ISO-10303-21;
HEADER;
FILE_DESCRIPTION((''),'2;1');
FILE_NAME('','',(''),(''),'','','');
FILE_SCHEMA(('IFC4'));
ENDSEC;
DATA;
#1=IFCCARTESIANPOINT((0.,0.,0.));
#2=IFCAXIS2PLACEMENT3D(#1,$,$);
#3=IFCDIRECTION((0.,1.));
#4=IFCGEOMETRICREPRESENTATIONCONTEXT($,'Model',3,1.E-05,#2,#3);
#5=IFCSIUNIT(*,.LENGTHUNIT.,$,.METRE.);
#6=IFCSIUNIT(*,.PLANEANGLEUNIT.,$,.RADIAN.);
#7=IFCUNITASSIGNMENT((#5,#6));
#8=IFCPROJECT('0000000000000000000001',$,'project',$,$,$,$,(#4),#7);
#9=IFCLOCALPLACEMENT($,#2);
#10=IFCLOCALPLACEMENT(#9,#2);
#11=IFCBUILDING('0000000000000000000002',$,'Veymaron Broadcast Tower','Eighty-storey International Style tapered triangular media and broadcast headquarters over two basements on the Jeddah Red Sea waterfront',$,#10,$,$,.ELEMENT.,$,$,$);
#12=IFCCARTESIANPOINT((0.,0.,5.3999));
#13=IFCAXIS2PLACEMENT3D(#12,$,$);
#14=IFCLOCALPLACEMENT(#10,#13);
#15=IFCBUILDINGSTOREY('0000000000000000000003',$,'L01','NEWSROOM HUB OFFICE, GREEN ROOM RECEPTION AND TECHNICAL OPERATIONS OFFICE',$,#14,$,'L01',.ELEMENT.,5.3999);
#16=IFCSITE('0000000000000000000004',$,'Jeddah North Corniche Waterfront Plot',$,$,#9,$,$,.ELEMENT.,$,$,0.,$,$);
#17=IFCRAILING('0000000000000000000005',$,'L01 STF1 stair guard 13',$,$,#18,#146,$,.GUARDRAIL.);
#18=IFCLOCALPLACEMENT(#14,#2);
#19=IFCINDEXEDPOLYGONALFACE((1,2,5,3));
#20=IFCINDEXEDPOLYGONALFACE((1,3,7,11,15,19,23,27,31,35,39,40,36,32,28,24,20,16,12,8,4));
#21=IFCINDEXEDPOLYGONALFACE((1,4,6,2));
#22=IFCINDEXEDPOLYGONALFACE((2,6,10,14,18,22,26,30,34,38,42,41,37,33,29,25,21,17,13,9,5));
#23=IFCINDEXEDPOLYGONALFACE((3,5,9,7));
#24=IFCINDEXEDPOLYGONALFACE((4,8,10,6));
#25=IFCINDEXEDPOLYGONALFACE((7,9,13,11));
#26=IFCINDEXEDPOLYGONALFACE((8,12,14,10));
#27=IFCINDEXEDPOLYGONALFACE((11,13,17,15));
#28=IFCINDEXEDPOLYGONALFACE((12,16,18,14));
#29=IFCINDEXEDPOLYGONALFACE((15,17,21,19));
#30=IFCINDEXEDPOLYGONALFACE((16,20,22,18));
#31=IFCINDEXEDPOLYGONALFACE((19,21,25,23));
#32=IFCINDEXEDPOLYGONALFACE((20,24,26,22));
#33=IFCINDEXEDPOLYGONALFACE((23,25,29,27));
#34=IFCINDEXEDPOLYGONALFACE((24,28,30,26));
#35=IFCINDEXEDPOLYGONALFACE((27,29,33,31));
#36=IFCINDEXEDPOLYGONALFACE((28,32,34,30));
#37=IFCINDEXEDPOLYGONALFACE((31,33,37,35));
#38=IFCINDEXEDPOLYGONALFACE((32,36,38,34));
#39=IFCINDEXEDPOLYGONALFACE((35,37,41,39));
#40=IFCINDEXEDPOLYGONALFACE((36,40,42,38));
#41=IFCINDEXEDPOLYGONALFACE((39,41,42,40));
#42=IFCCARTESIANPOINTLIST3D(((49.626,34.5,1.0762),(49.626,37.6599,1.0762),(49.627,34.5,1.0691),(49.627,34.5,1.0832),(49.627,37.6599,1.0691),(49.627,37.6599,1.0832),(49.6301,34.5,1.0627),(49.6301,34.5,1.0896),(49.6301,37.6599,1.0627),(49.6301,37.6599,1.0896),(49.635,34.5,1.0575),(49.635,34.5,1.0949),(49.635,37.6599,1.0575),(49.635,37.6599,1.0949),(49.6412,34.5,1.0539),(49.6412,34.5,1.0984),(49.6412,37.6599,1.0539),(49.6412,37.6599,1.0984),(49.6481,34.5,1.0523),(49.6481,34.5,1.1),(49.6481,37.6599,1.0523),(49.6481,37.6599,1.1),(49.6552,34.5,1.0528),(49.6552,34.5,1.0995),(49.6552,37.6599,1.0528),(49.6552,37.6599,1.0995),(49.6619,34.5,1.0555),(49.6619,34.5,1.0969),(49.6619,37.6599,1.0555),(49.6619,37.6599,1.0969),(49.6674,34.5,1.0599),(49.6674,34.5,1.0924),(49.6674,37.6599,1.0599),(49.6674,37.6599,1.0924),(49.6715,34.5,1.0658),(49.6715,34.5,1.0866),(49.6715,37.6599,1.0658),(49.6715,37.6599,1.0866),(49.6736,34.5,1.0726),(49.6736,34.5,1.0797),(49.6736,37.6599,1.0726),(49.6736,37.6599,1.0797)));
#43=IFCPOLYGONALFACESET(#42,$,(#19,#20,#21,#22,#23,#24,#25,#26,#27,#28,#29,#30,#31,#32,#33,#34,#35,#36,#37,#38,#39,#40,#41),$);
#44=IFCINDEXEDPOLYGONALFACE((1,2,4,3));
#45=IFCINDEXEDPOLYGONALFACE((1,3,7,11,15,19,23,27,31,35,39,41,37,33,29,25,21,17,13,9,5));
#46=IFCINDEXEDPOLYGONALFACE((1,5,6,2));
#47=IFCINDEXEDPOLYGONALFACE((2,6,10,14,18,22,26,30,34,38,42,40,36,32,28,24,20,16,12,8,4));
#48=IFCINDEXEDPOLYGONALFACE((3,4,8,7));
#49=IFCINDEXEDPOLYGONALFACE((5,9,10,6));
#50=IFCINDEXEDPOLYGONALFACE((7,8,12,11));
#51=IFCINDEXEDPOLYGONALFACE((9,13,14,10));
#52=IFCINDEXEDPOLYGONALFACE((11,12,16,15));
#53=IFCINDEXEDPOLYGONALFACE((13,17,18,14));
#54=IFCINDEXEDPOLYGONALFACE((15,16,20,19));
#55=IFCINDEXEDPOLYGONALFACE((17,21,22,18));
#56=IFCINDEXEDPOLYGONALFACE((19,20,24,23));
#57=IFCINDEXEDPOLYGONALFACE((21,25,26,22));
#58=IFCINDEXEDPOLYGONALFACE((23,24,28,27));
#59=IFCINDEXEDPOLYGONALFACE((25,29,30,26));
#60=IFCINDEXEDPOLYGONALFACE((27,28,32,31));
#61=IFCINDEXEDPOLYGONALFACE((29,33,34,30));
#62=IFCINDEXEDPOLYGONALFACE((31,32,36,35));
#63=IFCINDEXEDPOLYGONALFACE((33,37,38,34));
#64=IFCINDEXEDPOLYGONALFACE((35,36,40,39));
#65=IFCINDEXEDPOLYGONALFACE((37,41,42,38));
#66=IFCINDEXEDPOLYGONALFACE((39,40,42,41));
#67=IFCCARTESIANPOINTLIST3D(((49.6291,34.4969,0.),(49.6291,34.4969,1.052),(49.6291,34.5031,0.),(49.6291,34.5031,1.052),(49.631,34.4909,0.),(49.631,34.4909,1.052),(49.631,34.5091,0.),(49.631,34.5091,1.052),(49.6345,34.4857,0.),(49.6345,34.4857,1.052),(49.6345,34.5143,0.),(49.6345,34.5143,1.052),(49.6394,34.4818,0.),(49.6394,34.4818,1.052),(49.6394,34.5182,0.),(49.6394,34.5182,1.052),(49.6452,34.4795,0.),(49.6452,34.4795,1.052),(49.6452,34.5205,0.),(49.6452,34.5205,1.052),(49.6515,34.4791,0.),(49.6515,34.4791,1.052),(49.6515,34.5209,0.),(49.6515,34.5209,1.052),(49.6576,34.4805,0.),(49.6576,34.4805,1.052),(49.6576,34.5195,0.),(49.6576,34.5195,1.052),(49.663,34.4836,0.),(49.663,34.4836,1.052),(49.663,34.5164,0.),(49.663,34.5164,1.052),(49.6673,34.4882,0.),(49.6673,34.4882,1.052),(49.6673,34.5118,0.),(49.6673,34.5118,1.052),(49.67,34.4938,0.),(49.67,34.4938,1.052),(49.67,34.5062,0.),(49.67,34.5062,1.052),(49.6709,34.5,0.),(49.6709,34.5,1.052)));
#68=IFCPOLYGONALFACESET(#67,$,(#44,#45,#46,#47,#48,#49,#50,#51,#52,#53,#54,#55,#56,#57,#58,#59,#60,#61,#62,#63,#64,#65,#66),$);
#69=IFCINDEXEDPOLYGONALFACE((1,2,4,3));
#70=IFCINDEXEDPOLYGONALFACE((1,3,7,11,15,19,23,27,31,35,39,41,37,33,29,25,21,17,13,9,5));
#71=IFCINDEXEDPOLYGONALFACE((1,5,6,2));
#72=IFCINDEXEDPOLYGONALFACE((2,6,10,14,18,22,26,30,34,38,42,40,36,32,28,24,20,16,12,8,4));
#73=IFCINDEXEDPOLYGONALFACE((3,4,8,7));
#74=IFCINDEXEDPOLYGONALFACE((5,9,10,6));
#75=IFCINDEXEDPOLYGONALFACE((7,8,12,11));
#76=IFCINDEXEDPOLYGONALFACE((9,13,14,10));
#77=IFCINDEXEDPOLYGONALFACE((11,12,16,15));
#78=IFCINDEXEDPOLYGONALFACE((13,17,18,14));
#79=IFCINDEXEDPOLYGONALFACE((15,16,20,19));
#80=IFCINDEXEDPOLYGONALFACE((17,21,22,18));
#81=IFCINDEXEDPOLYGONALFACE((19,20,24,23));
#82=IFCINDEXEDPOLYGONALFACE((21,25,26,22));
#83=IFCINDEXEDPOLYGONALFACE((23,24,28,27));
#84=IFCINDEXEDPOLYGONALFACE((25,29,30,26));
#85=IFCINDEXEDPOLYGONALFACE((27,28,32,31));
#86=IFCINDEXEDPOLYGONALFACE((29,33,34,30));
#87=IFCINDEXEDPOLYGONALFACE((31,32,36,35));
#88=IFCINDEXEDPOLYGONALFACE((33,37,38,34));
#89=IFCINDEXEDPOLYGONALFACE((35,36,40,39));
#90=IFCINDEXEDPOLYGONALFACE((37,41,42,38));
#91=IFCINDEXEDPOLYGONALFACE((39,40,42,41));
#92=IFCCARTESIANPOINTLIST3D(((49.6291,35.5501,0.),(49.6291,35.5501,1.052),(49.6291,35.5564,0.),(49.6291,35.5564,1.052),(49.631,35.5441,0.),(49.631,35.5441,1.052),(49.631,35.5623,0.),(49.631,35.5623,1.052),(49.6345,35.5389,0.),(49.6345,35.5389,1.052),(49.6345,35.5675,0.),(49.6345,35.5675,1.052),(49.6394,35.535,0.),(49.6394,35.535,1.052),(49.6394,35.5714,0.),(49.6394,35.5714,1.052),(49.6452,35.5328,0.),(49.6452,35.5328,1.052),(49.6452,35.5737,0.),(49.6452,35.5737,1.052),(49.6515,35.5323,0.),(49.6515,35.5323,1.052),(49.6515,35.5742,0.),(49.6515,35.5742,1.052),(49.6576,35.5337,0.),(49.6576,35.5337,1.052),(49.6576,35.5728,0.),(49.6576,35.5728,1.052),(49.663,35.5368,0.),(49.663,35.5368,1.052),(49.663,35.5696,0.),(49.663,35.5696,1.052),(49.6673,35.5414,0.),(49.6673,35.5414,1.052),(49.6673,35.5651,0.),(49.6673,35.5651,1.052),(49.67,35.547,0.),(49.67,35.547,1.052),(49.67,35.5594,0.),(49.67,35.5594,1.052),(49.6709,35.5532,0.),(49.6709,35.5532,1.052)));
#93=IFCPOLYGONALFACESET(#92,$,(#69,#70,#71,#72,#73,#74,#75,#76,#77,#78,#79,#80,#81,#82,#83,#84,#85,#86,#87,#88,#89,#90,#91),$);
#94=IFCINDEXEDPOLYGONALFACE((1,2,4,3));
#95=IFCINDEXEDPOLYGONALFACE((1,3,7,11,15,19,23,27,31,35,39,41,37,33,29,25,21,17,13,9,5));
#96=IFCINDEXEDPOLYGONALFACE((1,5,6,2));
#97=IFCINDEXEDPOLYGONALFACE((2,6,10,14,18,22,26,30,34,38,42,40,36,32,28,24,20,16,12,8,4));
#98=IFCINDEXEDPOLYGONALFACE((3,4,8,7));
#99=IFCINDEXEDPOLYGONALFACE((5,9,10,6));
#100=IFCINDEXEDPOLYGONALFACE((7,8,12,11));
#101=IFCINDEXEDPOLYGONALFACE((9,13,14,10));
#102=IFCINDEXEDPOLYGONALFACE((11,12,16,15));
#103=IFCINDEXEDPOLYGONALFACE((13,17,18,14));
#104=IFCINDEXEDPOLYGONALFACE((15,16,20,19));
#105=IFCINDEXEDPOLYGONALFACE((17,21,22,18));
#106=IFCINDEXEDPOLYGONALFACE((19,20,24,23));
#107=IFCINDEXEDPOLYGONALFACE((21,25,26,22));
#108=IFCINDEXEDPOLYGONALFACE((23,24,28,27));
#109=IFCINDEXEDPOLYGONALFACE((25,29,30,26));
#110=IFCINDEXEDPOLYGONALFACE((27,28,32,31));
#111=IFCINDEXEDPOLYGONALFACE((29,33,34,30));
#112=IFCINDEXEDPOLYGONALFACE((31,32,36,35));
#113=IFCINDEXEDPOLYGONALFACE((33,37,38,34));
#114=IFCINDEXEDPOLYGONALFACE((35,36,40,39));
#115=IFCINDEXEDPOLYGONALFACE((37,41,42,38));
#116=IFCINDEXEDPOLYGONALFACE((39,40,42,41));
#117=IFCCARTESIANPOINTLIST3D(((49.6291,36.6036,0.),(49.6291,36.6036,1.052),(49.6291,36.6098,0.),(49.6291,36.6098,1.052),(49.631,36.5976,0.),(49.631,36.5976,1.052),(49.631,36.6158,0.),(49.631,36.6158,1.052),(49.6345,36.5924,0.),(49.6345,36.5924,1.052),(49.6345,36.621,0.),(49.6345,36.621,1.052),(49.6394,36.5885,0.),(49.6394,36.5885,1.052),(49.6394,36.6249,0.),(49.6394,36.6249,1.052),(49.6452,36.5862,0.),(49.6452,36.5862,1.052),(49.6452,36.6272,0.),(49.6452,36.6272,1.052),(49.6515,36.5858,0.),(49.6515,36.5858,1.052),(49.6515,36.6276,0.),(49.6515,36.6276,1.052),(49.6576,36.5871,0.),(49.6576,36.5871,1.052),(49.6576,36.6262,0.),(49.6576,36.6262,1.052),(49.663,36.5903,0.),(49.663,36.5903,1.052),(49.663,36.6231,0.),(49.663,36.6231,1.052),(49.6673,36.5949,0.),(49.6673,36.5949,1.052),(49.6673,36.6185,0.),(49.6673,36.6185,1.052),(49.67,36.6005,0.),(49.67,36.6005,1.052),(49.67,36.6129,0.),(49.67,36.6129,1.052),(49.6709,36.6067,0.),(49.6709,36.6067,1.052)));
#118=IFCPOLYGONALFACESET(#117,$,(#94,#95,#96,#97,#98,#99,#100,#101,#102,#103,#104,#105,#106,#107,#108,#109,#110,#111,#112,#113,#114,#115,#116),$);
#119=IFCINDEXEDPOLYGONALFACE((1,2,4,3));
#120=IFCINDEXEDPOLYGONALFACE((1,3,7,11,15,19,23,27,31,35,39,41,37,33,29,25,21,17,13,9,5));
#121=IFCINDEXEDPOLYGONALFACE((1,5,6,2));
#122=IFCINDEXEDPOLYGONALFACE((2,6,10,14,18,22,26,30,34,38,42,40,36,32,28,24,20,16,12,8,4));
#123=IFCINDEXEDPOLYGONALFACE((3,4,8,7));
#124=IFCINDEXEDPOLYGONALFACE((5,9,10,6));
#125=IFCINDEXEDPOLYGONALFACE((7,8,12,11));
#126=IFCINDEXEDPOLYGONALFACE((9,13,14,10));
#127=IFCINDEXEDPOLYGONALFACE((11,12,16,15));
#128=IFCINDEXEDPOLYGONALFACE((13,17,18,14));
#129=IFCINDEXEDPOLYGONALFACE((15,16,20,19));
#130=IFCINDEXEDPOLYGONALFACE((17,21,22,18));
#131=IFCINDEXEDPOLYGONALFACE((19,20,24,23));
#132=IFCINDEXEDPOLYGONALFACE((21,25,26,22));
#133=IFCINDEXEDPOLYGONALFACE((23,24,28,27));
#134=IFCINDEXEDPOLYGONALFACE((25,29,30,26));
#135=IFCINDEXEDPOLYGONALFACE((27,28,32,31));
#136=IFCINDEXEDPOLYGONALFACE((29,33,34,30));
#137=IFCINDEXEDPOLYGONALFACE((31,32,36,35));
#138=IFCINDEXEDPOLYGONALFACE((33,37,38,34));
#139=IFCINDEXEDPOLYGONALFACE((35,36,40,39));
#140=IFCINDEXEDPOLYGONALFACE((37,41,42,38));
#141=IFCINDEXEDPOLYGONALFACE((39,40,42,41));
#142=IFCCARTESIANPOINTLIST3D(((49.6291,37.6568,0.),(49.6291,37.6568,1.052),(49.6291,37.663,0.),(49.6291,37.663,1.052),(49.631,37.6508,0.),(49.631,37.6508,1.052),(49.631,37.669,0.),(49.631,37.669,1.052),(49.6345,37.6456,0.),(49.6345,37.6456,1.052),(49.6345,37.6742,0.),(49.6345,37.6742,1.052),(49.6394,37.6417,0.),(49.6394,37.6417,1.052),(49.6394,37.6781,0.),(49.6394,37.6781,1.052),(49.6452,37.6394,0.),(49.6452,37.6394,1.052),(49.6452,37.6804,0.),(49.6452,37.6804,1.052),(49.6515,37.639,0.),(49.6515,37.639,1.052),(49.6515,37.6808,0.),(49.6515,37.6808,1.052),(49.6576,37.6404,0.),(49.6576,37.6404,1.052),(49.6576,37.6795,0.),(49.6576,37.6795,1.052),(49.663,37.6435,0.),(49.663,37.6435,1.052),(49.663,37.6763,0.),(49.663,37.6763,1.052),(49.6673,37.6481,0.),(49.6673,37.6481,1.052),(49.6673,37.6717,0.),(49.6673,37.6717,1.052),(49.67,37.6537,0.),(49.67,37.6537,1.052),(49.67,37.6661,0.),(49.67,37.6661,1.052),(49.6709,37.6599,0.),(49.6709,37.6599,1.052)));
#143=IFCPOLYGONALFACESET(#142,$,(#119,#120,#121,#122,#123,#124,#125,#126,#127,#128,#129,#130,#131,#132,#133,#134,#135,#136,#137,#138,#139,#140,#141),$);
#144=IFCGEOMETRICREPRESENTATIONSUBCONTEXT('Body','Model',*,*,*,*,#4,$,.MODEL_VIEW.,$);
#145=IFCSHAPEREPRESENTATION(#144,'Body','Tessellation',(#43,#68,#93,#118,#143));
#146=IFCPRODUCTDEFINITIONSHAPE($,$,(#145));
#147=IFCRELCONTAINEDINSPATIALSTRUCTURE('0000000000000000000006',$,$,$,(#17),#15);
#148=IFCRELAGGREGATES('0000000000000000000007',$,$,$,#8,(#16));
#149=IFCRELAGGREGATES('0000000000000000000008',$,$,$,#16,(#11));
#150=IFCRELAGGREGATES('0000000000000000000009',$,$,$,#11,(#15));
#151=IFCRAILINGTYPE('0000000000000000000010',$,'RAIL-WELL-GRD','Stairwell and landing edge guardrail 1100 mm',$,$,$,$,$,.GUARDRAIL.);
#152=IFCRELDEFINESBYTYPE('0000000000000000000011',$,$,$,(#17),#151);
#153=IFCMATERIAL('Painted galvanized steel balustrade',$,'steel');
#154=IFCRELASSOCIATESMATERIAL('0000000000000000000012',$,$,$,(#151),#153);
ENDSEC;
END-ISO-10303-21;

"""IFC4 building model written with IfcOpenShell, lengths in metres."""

from ifc_helpers import new_model, si_unit, direction, frame, origin, origin_2d, place, context, subcontext, project, spatial, circle, extrude, material, type_object, element, save


model = new_model("IFC4")

# Units and contexts
model_context = context("Model", 3, precision=1e-05, world=origin(), true_north=direction((0.0, 1.0)))
body_context = subcontext(model_context, "Body", "Model", "MODEL_VIEW")
ifc_project = project(units=[si_unit("LENGTHUNIT", "METRE"), si_unit("PLANEANGLEUNIT", "RADIAN")], contexts=[model_context])

# Site, building, storey
site_placement = place(None, origin())
site = spatial("IfcSite", under=ifc_project, at=site_placement, Name="Jeddah North Corniche Waterfront Plot", CompositionType="ELEMENT", RefElevation=0.0)
building_placement = place(site_placement, origin())
building = spatial("IfcBuilding", under=site, at=building_placement, Name="Veymaron Broadcast Tower", Description="Eighty-storey International Style tapered triangular media and broadcast headquarters over two basements on the Jeddah Red Sea waterfront", CompositionType="ELEMENT")
storey_placement = place(building_placement, frame((0.0, 0.0, 5.3999)))
storey = spatial("IfcBuildingStorey", under=building, at=storey_placement, Name="L01", Description="NEWSROOM HUB OFFICE, GREEN ROOM RECEPTION AND TECHNICAL OPERATIONS OFFICE", LongName="L01", CompositionType="ELEMENT", Elevation=5.3999)

# Railing
ifc_material_1 = material(Name="Painted galvanized steel balustrade", Category="steel")
railing_type = type_object("IfcRailingType", Name="RAIL-WELL-GRD", Description="Stairwell and landing edge guardrail 1100 mm", PredefinedType="GUARDRAIL", material=ifc_material_1)
railing_1_placement = place(storey_placement, frame((49.6499, 34.5, 0.0)))
element("IfcRailing", 1, at=railing_1_placement, inside=storey, type_object=railing_type, Name="L01 STF1 stair guard 13", PredefinedType="GUARDRAIL", context=body_context, shape_type="SweptSolid", body=[
    extrude(circle(Radius=0.0239, at=origin_2d()), frame((0.0, 0.0, 1.0762), z_axis=(0.0, 1.0, 0.0), x_axis=(-1.0, 0.0, 0.0)), (0.0, 0.0, 1.0), 3.1599),
    extrude(circle(Radius=0.021, at=origin_2d()), origin(), (0.0, 0.0, 1.0), 1.052),
    extrude(circle(Radius=0.021, at=origin_2d()), frame((0.0, 1.0532, 0.0)), (0.0, 0.0, 1.0), 1.052),
    extrude(circle(Radius=0.021, at=origin_2d()), frame((0.0, 2.1067, 0.0)), (0.0, 0.0, 1.0), 1.052),
    extrude(circle(Radius=0.021, at=origin_2d()), frame((0.0, 3.1599, 0.0)), (0.0, 0.0, 1.0), 1.052),
])

save(model, "model.ifc")
